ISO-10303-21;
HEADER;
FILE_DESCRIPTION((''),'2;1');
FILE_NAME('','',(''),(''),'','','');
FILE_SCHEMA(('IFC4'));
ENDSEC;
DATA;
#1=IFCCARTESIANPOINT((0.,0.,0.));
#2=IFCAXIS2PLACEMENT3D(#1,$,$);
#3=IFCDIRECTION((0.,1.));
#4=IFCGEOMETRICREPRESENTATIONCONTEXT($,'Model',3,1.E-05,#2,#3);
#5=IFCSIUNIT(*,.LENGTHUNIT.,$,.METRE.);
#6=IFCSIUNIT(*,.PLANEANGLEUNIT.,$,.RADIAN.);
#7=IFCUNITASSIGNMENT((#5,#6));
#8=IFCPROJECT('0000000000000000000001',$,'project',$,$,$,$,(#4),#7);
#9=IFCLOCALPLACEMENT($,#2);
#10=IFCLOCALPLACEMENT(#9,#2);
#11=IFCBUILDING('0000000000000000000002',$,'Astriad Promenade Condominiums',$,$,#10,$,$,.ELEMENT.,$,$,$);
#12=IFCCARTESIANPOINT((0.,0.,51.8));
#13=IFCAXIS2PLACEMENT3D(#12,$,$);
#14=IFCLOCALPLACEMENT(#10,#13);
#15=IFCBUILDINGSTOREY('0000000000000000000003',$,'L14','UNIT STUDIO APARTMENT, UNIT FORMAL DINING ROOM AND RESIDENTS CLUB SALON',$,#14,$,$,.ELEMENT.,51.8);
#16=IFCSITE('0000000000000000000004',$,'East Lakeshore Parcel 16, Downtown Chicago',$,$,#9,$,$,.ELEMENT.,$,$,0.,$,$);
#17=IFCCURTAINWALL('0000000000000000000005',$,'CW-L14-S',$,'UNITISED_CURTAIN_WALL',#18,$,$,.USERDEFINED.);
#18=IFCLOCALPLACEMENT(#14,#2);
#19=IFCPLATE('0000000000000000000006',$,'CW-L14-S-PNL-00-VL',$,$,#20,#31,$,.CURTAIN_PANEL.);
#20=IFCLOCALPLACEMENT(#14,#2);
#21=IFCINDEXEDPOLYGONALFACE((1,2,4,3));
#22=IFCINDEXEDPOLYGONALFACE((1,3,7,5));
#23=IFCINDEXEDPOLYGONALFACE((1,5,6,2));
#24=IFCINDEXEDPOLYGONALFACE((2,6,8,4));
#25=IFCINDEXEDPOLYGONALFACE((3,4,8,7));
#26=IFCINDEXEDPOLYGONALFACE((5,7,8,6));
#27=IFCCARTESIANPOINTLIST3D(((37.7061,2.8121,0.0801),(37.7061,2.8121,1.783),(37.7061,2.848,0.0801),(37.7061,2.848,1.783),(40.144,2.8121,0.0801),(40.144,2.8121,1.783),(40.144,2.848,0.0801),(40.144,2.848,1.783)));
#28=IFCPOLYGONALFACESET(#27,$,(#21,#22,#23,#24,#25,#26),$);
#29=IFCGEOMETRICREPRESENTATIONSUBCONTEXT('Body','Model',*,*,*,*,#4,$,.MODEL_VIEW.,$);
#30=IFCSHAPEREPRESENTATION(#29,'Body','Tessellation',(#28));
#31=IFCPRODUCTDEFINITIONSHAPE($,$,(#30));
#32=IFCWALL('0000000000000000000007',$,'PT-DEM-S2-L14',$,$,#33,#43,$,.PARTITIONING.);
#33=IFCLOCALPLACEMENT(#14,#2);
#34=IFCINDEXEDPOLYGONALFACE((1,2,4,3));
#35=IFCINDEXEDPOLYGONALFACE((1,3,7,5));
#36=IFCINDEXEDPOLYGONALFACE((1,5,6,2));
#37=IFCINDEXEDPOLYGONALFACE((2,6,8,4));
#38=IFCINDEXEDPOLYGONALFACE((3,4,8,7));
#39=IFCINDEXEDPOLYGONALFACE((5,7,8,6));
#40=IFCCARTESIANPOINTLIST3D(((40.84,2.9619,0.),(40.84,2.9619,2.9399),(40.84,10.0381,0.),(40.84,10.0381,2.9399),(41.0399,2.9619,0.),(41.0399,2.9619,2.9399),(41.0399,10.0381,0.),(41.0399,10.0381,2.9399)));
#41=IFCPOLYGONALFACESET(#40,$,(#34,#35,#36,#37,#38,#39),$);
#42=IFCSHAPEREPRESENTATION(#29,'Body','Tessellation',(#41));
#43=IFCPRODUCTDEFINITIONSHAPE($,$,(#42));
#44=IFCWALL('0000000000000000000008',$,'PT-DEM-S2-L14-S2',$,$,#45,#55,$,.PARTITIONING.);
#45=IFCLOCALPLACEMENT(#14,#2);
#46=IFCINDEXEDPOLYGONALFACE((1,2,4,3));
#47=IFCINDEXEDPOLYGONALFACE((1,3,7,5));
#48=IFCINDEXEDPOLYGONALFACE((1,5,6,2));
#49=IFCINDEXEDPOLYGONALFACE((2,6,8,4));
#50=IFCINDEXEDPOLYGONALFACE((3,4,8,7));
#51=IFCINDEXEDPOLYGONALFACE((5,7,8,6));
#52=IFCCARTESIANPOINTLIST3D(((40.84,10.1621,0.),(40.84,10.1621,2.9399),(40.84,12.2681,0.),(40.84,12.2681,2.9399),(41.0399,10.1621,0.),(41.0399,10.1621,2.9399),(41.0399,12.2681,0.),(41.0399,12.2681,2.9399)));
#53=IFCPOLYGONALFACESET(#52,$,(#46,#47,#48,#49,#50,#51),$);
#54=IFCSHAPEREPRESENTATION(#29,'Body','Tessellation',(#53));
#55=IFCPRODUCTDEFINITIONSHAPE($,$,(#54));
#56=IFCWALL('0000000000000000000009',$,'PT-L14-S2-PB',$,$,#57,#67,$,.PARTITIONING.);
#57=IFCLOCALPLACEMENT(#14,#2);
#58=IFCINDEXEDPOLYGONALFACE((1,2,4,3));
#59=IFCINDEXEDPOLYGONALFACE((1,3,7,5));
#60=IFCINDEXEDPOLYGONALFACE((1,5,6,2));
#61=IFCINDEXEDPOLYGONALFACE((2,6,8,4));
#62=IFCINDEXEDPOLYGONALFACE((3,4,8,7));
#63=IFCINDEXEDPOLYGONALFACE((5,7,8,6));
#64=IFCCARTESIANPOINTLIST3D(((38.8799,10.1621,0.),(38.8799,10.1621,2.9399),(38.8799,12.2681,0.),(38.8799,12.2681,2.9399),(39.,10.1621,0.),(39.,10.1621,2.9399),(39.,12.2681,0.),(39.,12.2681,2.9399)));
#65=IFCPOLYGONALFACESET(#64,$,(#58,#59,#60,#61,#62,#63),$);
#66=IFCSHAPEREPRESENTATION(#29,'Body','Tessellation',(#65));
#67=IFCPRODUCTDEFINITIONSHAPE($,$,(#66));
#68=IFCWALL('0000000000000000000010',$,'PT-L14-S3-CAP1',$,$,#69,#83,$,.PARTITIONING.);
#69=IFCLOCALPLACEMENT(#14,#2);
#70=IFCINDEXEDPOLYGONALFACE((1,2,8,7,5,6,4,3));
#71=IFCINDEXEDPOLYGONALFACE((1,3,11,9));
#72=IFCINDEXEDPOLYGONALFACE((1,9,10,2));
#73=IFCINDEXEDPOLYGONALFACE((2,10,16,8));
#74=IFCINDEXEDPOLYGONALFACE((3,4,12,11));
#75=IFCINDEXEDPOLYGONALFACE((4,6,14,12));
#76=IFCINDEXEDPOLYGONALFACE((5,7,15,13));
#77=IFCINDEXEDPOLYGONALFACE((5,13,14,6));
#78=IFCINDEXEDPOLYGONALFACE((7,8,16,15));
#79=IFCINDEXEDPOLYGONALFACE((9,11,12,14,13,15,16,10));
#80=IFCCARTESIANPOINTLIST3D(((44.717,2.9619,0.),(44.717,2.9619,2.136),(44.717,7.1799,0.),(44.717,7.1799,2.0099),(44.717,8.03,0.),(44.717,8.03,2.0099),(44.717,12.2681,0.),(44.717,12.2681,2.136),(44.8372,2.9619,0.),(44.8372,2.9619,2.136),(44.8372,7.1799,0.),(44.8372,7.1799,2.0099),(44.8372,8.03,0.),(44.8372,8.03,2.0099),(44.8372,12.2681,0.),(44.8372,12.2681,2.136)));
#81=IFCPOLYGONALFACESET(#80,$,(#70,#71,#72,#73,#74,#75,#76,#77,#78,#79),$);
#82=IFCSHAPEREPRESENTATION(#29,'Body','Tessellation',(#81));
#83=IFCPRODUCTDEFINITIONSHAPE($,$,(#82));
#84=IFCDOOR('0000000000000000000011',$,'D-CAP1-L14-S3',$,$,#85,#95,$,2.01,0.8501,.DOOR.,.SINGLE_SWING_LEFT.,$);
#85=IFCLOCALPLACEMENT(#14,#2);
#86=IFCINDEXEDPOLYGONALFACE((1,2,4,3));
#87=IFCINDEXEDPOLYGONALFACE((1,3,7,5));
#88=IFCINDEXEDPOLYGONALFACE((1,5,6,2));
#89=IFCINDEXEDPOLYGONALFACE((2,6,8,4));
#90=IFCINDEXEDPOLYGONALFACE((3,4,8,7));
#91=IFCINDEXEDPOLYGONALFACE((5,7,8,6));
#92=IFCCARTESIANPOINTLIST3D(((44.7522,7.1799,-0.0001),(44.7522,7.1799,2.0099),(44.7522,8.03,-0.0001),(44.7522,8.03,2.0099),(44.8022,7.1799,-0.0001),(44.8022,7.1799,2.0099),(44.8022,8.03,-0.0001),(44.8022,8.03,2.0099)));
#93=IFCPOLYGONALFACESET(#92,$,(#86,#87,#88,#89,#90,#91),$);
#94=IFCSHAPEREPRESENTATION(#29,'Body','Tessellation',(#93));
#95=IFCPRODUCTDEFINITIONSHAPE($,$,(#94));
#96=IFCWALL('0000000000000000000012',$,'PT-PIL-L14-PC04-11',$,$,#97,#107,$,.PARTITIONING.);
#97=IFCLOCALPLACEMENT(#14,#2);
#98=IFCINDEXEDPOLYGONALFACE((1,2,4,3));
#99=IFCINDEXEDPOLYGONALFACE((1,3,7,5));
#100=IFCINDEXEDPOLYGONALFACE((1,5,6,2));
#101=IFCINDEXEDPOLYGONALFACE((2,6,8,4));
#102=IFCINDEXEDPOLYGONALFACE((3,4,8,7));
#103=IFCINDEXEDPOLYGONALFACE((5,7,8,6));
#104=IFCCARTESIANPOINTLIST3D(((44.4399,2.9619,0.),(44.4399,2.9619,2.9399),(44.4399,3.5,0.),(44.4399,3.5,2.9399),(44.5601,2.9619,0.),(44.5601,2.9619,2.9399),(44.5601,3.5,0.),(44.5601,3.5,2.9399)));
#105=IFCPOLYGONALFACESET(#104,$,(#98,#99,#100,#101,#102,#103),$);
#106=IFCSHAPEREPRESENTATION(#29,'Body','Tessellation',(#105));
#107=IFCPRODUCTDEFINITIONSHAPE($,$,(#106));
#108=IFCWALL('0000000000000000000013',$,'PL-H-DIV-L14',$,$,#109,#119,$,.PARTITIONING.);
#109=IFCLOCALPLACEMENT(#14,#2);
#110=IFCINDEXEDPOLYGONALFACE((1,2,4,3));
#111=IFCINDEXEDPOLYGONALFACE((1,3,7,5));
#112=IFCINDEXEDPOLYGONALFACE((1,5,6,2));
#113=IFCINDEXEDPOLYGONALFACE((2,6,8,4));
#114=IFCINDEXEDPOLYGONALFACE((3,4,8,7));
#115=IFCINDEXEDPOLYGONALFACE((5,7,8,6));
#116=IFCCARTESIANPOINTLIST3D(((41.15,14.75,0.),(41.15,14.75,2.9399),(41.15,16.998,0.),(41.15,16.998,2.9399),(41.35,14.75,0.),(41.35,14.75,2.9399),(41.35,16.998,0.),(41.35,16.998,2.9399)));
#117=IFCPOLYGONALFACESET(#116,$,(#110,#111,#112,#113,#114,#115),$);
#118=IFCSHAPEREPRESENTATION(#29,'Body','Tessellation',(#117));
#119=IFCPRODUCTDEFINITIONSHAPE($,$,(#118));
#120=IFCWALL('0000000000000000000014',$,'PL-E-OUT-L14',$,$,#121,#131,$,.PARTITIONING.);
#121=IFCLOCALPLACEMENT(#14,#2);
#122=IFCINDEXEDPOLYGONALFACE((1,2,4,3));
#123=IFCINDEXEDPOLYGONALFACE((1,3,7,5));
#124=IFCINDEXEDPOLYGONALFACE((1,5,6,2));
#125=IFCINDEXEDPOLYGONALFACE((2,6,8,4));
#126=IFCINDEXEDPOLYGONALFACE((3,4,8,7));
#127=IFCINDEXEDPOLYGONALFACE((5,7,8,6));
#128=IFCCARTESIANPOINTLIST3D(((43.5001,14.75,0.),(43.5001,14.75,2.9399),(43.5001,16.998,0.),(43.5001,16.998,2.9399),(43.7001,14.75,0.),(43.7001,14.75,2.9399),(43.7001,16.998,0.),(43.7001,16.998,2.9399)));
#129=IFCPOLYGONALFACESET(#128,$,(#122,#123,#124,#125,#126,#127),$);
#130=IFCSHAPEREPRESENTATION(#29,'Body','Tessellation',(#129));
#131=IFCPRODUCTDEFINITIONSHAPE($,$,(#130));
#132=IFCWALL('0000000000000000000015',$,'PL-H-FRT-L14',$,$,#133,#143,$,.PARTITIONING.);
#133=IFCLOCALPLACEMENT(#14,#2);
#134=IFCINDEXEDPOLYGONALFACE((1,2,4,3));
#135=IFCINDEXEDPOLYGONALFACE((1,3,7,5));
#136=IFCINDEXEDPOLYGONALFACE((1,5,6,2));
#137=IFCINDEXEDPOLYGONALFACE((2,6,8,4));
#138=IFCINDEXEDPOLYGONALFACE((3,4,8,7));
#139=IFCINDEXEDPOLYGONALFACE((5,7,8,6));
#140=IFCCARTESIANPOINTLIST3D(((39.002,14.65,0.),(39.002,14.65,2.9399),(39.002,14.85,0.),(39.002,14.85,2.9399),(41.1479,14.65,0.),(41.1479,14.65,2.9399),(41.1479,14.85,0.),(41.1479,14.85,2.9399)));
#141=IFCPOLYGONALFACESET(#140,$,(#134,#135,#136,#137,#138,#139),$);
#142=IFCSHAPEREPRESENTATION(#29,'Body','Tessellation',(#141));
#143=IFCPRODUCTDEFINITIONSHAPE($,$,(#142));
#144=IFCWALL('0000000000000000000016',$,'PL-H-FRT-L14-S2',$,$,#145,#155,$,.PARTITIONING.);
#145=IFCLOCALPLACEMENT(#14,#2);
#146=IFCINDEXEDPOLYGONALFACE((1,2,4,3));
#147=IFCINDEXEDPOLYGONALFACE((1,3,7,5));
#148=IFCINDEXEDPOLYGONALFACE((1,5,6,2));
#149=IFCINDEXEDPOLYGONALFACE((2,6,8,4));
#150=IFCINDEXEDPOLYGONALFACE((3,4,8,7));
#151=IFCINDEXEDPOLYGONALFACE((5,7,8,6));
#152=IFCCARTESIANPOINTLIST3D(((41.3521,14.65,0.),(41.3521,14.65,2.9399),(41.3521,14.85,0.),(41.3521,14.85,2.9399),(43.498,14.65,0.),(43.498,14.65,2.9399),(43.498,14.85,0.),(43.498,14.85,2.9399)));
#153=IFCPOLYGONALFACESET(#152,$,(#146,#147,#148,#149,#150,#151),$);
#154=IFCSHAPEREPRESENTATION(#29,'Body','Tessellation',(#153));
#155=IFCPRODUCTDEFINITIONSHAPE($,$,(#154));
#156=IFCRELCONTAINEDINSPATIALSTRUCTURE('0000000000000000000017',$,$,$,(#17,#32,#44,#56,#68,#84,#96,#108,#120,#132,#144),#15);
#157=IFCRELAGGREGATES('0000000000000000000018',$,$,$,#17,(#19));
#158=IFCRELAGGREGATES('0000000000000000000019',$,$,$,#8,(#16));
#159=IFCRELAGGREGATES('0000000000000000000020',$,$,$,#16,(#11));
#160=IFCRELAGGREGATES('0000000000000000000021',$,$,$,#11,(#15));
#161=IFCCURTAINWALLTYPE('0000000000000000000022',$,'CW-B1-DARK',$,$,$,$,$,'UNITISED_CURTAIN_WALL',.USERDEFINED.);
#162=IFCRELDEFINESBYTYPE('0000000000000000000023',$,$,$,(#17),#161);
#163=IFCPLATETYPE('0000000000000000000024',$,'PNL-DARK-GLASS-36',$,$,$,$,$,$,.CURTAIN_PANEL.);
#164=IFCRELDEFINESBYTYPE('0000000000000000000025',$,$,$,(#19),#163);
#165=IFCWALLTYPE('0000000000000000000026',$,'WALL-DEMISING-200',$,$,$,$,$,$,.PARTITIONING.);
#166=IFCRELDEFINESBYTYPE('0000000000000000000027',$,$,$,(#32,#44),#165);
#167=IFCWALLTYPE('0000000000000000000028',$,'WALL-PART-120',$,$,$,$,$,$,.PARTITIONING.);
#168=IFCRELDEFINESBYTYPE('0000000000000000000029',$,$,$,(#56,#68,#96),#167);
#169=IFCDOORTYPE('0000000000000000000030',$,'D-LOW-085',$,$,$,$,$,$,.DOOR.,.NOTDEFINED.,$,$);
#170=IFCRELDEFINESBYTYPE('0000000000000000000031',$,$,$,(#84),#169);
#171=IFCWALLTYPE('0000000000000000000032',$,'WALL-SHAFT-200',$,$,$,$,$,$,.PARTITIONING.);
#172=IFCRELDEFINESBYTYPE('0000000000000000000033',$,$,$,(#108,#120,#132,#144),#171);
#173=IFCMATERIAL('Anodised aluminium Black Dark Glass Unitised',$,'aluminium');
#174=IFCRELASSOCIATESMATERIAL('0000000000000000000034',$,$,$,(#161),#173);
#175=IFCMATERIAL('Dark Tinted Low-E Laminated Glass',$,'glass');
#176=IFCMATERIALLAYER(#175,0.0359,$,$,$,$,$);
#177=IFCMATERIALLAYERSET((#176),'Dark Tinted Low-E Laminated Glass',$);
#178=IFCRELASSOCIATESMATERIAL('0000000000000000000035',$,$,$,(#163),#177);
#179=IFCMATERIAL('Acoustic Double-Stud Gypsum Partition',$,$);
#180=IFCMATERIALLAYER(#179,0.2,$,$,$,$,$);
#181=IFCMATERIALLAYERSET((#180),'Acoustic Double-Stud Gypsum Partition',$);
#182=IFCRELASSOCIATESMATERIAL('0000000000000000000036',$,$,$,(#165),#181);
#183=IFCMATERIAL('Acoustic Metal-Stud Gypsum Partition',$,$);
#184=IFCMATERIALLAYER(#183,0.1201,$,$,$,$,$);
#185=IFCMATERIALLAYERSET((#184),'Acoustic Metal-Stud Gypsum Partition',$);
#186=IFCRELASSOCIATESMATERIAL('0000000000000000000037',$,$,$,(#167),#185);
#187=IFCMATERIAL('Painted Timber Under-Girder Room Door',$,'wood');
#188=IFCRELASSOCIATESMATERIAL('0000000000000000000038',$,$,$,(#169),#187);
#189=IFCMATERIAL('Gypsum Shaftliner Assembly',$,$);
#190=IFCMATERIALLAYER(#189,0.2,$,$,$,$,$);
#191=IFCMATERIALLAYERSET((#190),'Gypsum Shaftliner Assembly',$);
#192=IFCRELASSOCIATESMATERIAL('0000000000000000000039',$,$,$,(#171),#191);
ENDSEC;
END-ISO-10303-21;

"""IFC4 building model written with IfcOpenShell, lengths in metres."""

from ifc_helpers import new_model, si_unit, direction, frame, frame_2d, origin, origin_2d, place, context, subcontext, project, spatial, rectangle, extrude, source, transform, mapped, material, layer, layer_set, type_object, type_shapes, element, fill, aggregate, save


model = new_model("IFC4")

# Units and contexts
model_context = context("Model", 3, precision=1e-05, world=origin(), true_north=direction((0.0, 1.0)))
body_context = subcontext(model_context, "Body", "Model", "MODEL_VIEW")
ifc_project = project(units=[si_unit("LENGTHUNIT", "METRE"), si_unit("PLANEANGLEUNIT", "RADIAN")], contexts=[model_context])

# Site, building, storey
site_placement = place(None, origin())
site = spatial("IfcSite", under=ifc_project, at=site_placement, Name="East Lakeshore Parcel 16, Downtown Chicago", CompositionType="ELEMENT", RefElevation=0.0)
building_placement = place(site_placement, origin())
building = spatial("IfcBuilding", under=site, at=building_placement, Name="Astriad Promenade Condominiums", CompositionType="ELEMENT")
storey_placement = place(building_placement, frame((0.0, 0.0, 51.8)))
storey = spatial("IfcBuildingStorey", under=building, at=storey_placement, Name="L14", Description="UNIT STUDIO APARTMENT, UNIT FORMAL DINING ROOM AND RESIDENTS CLUB SALON", CompositionType="ELEMENT", Elevation=51.8)

# Curtain wall, plate
ifc_material_1 = material(Name="Anodised aluminium Black Dark Glass Unitised", Category="aluminium")
curtain_wall_type = type_object("IfcCurtainWallType", Name="CW-B1-DARK", ElementType="UNITISED_CURTAIN_WALL", PredefinedType="USERDEFINED", material=ifc_material_1)
curtain_wall_placement = place(storey_placement, origin())
curtain_wall = element("IfcCurtainWall", 1, at=curtain_wall_placement, inside=storey, type_object=curtain_wall_type, Name="CW-L14-S", ObjectType="UNITISED_CURTAIN_WALL", PredefinedType="USERDEFINED")
ifc_material_2 = material(Name="Dark Tinted Low-E Laminated Glass", Category="glass")
ifc_layer_1 = layer(ifc_material_2, 0.0359)
ifc_layer_set_1 = layer_set([ifc_layer_1], Name="Dark Tinted Low-E Laminated Glass")
plate_type = type_object("IfcPlateType", Name="PNL-DARK-GLASS-36", PredefinedType="CURTAIN_PANEL", material=ifc_layer_set_1)
shared_shape_1 = source(origin(), body_context, "Body", "SweptSolid", [
    extrude(rectangle(XDim=2.438, YDim=0.0359, at=origin_2d()), origin(), (0.0, 0.0, 1.0), 1.7029),
])
type_shapes(plate_type, [shared_shape_1])
plate_placement = place(storey_placement, frame((38.925, 2.8301, 0.0801), z_axis=(0.0, 0.0, 1.0), x_axis=(-1.0, 0.0, 0.0)))
plate = element("IfcPlate", 2, at=plate_placement, type_object=plate_type, Name="CW-L14-S-PNL-00-VL", PredefinedType="CURTAIN_PANEL", context=body_context, shape_type="MappedRepresentation", body=[
    mapped(shared_shape_1, transform((0.0, 0.0, 0.0), scale=1.0)),
])
aggregate(curtain_wall, [plate])

# Walls
ifc_material_3 = material(Name="Acoustic Double-Stud Gypsum Partition")
ifc_layer_2 = layer(ifc_material_3, 0.2)
ifc_layer_set_2 = layer_set([ifc_layer_2], Name="Acoustic Double-Stud Gypsum Partition")
wall_type_1 = type_object("IfcWallType", Name="WALL-DEMISING-200", PredefinedType="PARTITIONING", material=ifc_layer_set_2)
wall_1_placement = place(storey_placement, frame((40.9399, 2.9619, 0.0), z_axis=(0.0, 0.0, 1.0), x_axis=(0.0, 1.0, 0.0)))
element("IfcWall", 3, at=wall_1_placement, inside=storey, type_object=wall_type_1, Name="PT-DEM-S2-L14", PredefinedType="PARTITIONING", context=body_context, shape_type="SweptSolid", body=[
    extrude(rectangle(XDim=7.0762, YDim=0.2, at=frame_2d((3.5381, 0.0))), origin(), (0.0, 0.0, 1.0), 2.9399),
])
wall_2_placement = place(storey_placement, frame((40.9399, 10.1621, 0.0), z_axis=(0.0, 0.0, 1.0), x_axis=(0.0, 1.0, 0.0)))
element("IfcWall", 4, at=wall_2_placement, inside=storey, type_object=wall_type_1, Name="PT-DEM-S2-L14-S2", PredefinedType="PARTITIONING", context=body_context, shape_type="SweptSolid", body=[
    extrude(rectangle(XDim=2.106, YDim=0.2, at=frame_2d((1.053, 0.0))), origin(), (0.0, 0.0, 1.0), 2.9399),
])
ifc_material_4 = material(Name="Acoustic Metal-Stud Gypsum Partition")
ifc_layer_3 = layer(ifc_material_4, 0.1201)
ifc_layer_set_3 = layer_set([ifc_layer_3], Name="Acoustic Metal-Stud Gypsum Partition")
wall_type_2 = type_object("IfcWallType", Name="WALL-PART-120", PredefinedType="PARTITIONING", material=ifc_layer_set_3)
wall_3_placement = place(storey_placement, frame((38.9399, 10.1621, 0.0), z_axis=(0.0, 0.0, 1.0), x_axis=(0.0, 1.0, 0.0)))
element("IfcWall", 5, at=wall_3_placement, inside=storey, type_object=wall_type_2, Name="PT-L14-S2-PB", PredefinedType="PARTITIONING", context=body_context, shape_type="SweptSolid", body=[
    extrude(rectangle(XDim=2.106, YDim=0.1201, at=frame_2d((1.053, 0.0))), origin(), (0.0, 0.0, 1.0), 2.9399),
])

# Wall, opening, door
wall_4_placement = place(storey_placement, frame((44.7771, 2.9619, 0.0), z_axis=(0.0, 0.0, 1.0), x_axis=(0.0, 1.0, 0.0)))
wall_4 = element("IfcWall", 6, at=wall_4_placement, inside=storey, type_object=wall_type_2, Name="PT-L14-S3-CAP1", PredefinedType="PARTITIONING", context=body_context, shape_type="SweptSolid", body=[
    extrude(rectangle(XDim=9.3062, YDim=0.1201, at=frame_2d((4.6531, 0.0))), origin(), (0.0, 0.0, 1.0), 2.136),
])
opening_placement = place(wall_4_placement, frame((4.218, 0.0, 0.0)))
opening = element("IfcOpeningElement", 7, at=opening_placement, cuts=wall_4, PredefinedType="OPENING", context=body_context, shape_type="SweptSolid", body=[
    extrude(rectangle(XDim=0.8501, YDim=2.01, at=frame_2d((0.425, 1.0049))), frame((0.0, 0.0701, 0.0), z_axis=(0.0, -1.0, 0.0), x_axis=(1.0, 0.0, 0.0)), (0.0, 0.0, 1.0), 0.1401),
])
ifc_material_5 = material(Name="Painted Timber Under-Girder Room Door", Category="wood")
door_type = type_object("IfcDoorType", Name="D-LOW-085", OperationType="NOTDEFINED", PredefinedType="DOOR", material=ifc_material_5)
shared_shape_2 = source(origin(), body_context, "Body", "SweptSolid", [
    extrude(rectangle(XDim=0.8501, YDim=2.01, at=frame_2d((0.425, 1.0049))), frame((0.0, 0.0249, 0.0), z_axis=(0.0, -1.0, 0.0), x_axis=(1.0, 0.0, 0.0)), (0.0, 0.0, 1.0), 0.05),
])
type_shapes(door_type, [shared_shape_2])
door_placement = place(opening_placement, origin())
door = element("IfcDoor", 8, at=door_placement, inside=storey, type_object=door_type, Name="D-CAP1-L14-S3", OperationType="SINGLE_SWING_LEFT", OverallHeight=2.01, OverallWidth=0.8501, PredefinedType="DOOR", context=body_context, shape_type="MappedRepresentation", body=[
    mapped(shared_shape_2, transform((0.0, 0.0, 0.0), scale=1.0)),
])
fill(opening, door)

# Walls
wall_5_placement = place(storey_placement, frame((44.5, 3.5, 0.0), z_axis=(0.0, 0.0, 1.0), x_axis=(0.0, -1.0, 0.0)))
element("IfcWall", 9, at=wall_5_placement, inside=storey, type_object=wall_type_2, Name="PT-PIL-L14-PC04-11", PredefinedType="PARTITIONING", context=body_context, shape_type="SweptSolid", body=[
    extrude(rectangle(XDim=0.5381, YDim=0.1201, at=frame_2d((0.269, 0.0))), origin(), (0.0, 0.0, 1.0), 2.9399),
])
ifc_material_6 = material(Name="Gypsum Shaftliner Assembly")
ifc_layer_4 = layer(ifc_material_6, 0.2)
ifc_layer_set_4 = layer_set([ifc_layer_4], Name="Gypsum Shaftliner Assembly")
wall_type_3 = type_object("IfcWallType", Name="WALL-SHAFT-200", PredefinedType="PARTITIONING", material=ifc_layer_set_4)
for number, where, z_axis, x_axis, name in (
    (10, (41.25, 14.75, 0.0), (0.0, 0.0, 1.0), (0.0, 1.0, 0.0), "PL-H-DIV-L14"),
    (11, (43.6001, 14.75, 0.0), (0.0, 0.0, 1.0), (0.0, 1.0, 0.0), "PL-E-OUT-L14"),
):
    element("IfcWall", number, at=place(storey_placement, frame(where, z_axis=z_axis, x_axis=x_axis)), inside=storey, type_object=wall_type_3, Name=name, PredefinedType="PARTITIONING", context=body_context, shape_type="SweptSolid", body=[
        extrude(rectangle(XDim=2.248, YDim=0.2, at=frame_2d((1.124, 0.0))), origin(), (0.0, 0.0, 1.0), 2.9399),
    ])
for number, where, z_axis, x_axis, name in (
    (12, (39.002, 14.75, 0.0), (0.0, 0.0, 1.0), (1.0, 0.0, 0.0), "PL-H-FRT-L14"),
    (13, (41.3521, 14.75, 0.0), (0.0, 0.0, 1.0), (1.0, 0.0, 0.0), "PL-H-FRT-L14-S2"),
):
    element("IfcWall", number, at=place(storey_placement, frame(where, z_axis=z_axis, x_axis=x_axis)), inside=storey, type_object=wall_type_3, Name=name, PredefinedType="PARTITIONING", context=body_context, shape_type="SweptSolid", body=[
        extrude(rectangle(XDim=2.146, YDim=0.2, at=frame_2d((1.073, 0.0))), origin(), (0.0, 0.0, 1.0), 2.9399),
    ])

save(model, "model.ifc")
